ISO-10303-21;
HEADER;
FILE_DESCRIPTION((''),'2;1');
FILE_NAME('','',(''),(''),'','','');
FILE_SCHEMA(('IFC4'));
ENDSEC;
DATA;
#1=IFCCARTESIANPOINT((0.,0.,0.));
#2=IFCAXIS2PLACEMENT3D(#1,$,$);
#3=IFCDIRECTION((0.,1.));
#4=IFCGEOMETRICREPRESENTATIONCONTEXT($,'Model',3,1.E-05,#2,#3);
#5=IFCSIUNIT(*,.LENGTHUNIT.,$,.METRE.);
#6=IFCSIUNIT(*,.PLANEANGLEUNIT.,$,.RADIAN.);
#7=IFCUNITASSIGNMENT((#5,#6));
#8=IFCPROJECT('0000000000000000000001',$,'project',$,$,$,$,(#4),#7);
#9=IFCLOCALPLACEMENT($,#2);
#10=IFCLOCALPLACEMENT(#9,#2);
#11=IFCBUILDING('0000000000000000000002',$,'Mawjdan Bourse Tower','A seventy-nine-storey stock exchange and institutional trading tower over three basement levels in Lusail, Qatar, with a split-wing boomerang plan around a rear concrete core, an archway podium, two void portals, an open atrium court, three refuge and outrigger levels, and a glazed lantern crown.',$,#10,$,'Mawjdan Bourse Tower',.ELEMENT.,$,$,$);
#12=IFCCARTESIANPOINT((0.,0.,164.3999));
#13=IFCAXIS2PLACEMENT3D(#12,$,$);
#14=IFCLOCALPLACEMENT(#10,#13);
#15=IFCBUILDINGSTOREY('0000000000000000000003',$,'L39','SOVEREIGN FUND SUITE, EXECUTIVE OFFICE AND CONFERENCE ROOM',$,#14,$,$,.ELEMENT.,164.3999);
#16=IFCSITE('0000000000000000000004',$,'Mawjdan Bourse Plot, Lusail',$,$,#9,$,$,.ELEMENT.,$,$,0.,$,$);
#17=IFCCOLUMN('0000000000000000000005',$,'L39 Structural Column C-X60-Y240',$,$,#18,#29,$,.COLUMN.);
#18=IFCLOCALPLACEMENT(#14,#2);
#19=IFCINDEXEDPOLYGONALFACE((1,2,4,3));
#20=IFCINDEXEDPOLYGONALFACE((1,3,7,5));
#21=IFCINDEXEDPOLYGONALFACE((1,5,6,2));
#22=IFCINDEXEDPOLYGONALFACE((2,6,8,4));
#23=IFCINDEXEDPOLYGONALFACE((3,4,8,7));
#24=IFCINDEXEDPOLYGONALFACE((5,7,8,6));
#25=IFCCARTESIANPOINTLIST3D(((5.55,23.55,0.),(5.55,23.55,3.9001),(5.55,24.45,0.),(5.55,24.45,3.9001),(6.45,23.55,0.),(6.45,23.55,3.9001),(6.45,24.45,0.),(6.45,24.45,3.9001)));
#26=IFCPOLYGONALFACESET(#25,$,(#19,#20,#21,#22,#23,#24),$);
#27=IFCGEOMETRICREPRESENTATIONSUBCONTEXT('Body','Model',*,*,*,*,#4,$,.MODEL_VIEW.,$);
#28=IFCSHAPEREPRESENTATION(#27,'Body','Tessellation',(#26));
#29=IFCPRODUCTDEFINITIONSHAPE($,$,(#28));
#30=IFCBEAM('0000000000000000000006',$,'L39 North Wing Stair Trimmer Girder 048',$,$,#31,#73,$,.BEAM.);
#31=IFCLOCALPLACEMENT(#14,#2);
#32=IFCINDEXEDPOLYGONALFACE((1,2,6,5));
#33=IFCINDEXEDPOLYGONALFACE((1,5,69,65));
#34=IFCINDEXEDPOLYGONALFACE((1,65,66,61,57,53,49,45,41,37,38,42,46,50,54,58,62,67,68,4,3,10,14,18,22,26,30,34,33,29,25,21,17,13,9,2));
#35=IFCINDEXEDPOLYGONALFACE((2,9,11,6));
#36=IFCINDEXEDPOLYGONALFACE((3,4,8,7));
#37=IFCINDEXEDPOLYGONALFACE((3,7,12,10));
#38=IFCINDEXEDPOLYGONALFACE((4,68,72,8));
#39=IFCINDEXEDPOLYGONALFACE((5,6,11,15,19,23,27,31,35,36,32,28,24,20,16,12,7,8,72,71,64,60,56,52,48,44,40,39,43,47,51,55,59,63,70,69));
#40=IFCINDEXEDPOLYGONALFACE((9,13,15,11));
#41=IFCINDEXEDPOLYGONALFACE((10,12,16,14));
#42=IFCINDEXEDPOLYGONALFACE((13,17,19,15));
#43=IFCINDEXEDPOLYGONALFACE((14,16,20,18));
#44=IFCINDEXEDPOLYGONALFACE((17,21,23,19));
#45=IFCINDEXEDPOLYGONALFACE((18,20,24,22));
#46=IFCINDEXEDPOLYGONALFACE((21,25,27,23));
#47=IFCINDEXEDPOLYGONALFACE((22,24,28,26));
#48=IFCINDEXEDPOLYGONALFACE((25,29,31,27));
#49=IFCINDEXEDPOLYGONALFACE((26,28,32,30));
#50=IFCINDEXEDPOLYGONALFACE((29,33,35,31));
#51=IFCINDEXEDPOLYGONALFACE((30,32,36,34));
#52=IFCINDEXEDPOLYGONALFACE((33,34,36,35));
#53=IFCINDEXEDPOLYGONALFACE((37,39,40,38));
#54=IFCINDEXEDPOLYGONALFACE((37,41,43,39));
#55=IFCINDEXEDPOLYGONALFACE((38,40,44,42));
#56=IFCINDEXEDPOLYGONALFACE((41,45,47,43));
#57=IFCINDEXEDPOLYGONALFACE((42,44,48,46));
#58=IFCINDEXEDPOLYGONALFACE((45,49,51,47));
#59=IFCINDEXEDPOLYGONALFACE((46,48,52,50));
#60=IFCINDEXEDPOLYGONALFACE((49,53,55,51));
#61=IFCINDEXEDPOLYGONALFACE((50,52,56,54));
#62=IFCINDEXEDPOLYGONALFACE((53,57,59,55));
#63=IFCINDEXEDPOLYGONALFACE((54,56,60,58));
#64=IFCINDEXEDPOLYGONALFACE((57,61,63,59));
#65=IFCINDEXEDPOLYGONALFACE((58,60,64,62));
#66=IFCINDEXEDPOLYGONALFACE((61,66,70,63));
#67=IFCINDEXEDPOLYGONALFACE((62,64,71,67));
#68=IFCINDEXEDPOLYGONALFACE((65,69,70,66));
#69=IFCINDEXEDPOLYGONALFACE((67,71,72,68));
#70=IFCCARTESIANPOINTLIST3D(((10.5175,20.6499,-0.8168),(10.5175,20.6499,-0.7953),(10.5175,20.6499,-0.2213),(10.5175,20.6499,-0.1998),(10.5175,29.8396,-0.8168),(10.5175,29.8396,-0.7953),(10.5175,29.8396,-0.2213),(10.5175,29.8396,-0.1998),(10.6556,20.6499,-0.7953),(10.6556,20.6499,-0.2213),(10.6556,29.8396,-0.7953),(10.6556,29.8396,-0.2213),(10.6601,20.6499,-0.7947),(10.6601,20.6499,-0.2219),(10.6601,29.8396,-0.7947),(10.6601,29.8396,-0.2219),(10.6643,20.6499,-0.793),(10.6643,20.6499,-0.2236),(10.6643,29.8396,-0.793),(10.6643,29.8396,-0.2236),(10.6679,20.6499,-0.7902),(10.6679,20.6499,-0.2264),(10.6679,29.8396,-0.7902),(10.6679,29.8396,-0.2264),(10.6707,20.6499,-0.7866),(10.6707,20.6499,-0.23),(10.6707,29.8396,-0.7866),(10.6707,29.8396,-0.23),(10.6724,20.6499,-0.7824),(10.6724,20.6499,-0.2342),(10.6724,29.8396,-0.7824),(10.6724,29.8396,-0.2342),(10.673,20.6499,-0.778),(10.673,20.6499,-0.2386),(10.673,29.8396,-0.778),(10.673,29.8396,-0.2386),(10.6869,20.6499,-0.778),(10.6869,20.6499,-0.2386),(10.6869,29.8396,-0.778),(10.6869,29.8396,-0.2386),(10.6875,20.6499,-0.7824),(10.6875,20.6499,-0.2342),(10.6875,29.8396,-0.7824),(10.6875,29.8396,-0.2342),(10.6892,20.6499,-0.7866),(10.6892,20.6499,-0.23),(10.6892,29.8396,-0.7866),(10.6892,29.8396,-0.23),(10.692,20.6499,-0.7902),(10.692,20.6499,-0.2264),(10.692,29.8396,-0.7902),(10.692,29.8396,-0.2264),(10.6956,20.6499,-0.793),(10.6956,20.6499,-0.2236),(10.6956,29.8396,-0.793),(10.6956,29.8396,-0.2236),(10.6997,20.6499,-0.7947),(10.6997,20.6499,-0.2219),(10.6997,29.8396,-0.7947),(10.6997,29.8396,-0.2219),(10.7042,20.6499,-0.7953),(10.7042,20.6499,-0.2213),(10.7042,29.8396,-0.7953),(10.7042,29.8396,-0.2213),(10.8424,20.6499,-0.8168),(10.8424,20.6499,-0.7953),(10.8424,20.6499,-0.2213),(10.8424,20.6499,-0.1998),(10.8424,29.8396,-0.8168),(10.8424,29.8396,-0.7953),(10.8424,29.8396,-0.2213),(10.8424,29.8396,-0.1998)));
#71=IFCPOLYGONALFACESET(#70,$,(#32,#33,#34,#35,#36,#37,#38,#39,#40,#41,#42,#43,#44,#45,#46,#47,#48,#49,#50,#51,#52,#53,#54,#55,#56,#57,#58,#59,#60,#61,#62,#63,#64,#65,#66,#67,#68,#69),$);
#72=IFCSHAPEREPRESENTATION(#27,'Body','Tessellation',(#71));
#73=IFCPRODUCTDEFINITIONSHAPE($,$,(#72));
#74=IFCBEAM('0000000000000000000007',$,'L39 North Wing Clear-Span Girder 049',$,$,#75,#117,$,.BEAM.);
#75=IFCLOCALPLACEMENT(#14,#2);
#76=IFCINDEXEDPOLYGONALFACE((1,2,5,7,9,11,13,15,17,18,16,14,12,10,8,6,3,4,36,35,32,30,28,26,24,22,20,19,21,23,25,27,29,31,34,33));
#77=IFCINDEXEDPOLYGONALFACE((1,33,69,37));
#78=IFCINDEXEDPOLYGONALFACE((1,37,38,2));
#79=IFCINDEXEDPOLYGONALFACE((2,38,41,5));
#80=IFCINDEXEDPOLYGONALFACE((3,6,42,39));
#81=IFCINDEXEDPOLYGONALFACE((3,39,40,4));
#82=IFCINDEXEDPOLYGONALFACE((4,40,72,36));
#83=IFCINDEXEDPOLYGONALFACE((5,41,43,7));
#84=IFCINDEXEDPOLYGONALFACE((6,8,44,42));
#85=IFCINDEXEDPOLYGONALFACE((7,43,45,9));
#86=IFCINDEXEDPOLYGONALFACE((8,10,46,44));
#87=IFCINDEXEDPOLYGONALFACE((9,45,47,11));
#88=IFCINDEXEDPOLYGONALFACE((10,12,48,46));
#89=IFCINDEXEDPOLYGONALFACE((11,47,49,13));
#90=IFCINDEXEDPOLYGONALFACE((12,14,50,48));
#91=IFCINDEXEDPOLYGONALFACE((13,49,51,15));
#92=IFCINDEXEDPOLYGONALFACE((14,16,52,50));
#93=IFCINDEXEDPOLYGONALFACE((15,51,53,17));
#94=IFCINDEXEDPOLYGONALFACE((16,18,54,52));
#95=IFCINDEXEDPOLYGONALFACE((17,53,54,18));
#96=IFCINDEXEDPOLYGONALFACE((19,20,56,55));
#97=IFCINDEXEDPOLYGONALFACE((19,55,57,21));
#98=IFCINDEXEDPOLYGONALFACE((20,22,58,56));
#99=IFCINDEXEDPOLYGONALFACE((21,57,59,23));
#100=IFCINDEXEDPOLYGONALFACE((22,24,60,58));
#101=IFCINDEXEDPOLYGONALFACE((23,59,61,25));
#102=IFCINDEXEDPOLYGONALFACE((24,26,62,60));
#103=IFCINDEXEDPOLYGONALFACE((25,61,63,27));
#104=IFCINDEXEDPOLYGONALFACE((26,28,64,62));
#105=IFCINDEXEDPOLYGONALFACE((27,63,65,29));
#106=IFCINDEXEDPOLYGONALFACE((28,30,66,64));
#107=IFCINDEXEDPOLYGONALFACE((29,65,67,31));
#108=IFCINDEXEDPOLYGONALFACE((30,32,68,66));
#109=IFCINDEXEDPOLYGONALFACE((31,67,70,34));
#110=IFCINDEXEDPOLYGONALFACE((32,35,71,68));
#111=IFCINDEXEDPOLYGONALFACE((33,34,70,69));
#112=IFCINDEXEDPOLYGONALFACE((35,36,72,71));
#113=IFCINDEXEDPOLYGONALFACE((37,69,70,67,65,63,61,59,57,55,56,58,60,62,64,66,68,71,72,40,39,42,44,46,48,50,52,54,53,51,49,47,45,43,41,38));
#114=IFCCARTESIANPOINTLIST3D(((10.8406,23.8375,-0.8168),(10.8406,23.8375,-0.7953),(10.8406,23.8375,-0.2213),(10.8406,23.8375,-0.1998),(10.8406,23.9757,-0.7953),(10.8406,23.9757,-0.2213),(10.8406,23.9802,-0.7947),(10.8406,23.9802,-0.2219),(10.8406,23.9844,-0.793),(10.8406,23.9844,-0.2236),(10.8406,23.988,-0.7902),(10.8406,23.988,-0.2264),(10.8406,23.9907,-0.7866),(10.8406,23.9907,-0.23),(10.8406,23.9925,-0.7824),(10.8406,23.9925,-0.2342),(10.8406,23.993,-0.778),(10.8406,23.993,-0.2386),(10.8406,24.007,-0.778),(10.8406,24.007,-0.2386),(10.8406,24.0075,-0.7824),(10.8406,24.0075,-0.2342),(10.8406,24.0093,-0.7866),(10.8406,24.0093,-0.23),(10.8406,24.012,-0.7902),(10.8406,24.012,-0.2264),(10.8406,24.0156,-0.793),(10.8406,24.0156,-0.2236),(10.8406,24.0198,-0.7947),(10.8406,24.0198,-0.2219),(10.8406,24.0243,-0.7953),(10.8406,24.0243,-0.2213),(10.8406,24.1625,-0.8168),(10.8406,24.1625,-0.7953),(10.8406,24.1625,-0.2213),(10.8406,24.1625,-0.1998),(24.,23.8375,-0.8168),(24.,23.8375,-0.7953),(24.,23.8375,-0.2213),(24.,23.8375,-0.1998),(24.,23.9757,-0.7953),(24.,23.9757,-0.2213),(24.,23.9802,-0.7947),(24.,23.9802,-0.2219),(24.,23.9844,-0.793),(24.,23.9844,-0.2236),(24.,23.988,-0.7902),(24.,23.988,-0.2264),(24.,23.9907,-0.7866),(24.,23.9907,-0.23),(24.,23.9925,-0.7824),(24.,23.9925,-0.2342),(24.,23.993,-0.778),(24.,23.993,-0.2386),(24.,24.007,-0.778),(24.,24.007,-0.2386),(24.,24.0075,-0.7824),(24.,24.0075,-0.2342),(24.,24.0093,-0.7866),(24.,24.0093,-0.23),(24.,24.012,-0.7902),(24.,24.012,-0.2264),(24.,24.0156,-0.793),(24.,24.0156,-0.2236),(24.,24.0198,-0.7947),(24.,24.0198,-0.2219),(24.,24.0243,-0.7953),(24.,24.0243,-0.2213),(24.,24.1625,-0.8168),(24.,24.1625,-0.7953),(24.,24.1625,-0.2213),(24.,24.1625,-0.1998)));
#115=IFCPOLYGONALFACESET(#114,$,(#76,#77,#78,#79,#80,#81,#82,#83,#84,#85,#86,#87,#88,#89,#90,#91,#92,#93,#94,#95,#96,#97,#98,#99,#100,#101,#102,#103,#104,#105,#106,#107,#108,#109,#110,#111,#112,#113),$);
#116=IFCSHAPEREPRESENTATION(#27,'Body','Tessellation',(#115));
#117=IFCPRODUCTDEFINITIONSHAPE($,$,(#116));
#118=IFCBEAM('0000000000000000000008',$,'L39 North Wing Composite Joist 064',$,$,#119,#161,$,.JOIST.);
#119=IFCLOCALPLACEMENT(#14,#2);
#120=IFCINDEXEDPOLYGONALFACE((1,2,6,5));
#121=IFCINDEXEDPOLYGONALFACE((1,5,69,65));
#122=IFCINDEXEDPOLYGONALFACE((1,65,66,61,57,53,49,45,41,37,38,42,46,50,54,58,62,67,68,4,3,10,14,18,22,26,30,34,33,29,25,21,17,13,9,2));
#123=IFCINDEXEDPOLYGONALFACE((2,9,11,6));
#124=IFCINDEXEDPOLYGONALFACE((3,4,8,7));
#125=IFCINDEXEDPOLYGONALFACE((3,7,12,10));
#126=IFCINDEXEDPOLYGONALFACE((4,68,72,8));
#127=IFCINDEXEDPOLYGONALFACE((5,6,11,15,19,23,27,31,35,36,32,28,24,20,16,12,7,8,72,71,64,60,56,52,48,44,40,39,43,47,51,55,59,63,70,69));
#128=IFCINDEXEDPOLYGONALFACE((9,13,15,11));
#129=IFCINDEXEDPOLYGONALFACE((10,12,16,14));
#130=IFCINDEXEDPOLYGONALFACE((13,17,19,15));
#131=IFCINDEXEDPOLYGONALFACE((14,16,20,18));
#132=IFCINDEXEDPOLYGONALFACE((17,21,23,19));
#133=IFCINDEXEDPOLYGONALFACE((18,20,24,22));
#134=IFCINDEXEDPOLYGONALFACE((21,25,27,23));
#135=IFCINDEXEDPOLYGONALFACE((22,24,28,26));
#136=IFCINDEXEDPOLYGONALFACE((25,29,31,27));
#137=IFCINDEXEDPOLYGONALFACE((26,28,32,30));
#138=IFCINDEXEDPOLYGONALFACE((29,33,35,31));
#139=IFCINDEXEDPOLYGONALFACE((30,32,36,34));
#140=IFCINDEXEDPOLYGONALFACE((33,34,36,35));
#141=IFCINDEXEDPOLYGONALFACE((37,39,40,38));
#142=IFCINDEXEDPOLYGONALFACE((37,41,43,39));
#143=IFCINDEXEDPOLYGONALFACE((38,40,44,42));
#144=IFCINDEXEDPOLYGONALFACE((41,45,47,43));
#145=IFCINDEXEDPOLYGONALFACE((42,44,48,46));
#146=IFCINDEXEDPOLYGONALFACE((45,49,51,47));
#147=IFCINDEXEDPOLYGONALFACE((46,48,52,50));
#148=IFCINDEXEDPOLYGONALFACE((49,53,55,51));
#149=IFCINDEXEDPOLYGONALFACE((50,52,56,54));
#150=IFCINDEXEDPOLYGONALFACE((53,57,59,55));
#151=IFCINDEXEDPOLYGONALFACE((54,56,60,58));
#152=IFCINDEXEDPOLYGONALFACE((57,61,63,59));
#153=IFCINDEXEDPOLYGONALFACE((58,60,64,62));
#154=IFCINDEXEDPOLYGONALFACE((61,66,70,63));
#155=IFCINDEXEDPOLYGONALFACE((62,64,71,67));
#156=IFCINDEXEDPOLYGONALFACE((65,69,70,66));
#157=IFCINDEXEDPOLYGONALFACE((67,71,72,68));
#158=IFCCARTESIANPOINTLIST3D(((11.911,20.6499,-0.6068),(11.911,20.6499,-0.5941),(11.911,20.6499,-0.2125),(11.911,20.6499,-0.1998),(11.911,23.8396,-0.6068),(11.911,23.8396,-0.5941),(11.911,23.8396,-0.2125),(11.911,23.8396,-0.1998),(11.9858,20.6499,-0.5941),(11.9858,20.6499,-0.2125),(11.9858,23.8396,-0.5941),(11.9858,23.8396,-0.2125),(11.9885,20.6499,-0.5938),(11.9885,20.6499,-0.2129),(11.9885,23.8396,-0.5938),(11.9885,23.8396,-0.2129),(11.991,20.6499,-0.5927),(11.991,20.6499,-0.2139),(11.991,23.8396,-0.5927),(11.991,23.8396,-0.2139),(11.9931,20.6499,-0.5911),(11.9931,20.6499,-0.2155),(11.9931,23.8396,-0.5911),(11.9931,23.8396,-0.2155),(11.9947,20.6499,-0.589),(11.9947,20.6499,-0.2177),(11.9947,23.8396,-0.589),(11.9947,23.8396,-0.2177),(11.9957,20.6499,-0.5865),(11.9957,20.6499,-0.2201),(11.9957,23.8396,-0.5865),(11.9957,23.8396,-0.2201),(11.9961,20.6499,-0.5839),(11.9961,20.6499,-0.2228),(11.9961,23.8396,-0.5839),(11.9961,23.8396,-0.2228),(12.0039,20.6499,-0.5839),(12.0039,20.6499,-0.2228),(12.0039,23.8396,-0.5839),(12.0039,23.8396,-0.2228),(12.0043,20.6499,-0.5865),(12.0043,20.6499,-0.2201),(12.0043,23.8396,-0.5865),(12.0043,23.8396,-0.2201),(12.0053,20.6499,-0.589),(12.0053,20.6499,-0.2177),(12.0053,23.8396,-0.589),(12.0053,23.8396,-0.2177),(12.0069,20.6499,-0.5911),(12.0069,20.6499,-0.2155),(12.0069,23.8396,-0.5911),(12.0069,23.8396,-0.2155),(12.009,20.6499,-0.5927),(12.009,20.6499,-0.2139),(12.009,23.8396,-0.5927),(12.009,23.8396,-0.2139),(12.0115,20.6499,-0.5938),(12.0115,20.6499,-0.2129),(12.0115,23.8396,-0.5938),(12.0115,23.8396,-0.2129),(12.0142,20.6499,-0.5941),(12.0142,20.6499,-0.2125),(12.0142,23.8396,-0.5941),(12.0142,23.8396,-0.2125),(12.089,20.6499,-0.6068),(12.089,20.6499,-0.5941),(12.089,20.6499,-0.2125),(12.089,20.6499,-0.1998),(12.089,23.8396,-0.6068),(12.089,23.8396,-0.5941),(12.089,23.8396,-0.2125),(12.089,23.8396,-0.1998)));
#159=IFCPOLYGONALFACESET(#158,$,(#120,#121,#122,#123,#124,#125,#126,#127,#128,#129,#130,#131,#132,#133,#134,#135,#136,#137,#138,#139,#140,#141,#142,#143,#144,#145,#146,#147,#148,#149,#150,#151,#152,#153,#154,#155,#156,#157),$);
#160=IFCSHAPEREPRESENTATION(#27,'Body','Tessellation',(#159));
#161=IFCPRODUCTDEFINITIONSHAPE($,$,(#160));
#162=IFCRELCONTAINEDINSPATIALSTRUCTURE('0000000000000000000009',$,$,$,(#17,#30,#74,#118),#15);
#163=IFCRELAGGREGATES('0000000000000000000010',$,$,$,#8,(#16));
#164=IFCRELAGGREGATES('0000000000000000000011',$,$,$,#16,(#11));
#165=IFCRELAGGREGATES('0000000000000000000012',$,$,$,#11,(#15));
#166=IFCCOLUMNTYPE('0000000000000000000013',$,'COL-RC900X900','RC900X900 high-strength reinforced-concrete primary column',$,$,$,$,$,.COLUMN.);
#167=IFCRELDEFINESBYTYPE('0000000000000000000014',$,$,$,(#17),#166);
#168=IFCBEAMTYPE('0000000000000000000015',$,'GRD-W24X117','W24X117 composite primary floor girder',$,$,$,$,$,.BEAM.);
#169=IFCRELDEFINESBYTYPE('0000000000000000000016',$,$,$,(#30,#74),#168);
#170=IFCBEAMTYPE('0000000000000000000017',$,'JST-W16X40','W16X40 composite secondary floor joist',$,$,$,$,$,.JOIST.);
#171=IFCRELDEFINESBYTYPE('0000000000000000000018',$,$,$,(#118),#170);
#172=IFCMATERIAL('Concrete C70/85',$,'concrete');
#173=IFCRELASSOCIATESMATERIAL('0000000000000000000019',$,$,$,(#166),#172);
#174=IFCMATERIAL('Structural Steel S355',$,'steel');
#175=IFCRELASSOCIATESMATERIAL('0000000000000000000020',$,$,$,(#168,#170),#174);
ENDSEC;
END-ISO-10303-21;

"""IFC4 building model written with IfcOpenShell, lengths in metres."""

from ifc_helpers import new_model, si_unit, direction, frame, origin, origin_2d, place, context, subcontext, project, spatial, rectangle, i_section, extrude, material, material_profile, profile_set, type_object, element, save


model = new_model("IFC4")

# Units and contexts
model_context = context("Model", 3, precision=1e-05, world=origin(), true_north=direction((0.0, 1.0)))
body_context = subcontext(model_context, "Body", "Model", "MODEL_VIEW")
ifc_project = project(units=[si_unit("LENGTHUNIT", "METRE"), si_unit("PLANEANGLEUNIT", "RADIAN")], contexts=[model_context])

# Site, building, storey
site_placement = place(None, origin())
site = spatial("IfcSite", under=ifc_project, at=site_placement, Name="Mawjdan Bourse Plot, Lusail", CompositionType="ELEMENT", RefElevation=0.0)
building_placement = place(site_placement, origin())
building = spatial("IfcBuilding", under=site, at=building_placement, Name="Mawjdan Bourse Tower", Description="A seventy-nine-storey stock exchange and institutional trading tower over three basement levels in Lusail, Qatar, with a split-wing boomerang plan around a rear concrete core, an archway podium, two void portals, an open atrium court, three refuge and outrigger levels, and a glazed lantern crown.", LongName="Mawjdan Bourse Tower", CompositionType="ELEMENT")
storey_placement = place(building_placement, frame((0.0, 0.0, 164.3999)))
storey = spatial("IfcBuildingStorey", under=building, at=storey_placement, Name="L39", Description="SOVEREIGN FUND SUITE, EXECUTIVE OFFICE AND CONFERENCE ROOM", CompositionType="ELEMENT", Elevation=164.3999)

# Column
ifc_material_1 = material(Name="Concrete C70/85", Category="concrete")
ifc_material_profile_1 = material_profile(ifc_material_1, rectangle(XDim=0.8999, YDim=0.8999, at=origin_2d()), Name="RC900X900")
ifc_profile_set_1 = profile_set([ifc_material_profile_1], Name="Concrete C70/85")
column_type = type_object("IfcColumnType", Name="COL-RC900X900", Description="RC900X900 high-strength reinforced-concrete primary column", PredefinedType="COLUMN", material=ifc_profile_set_1)
column_placement = place(storey_placement, frame((6.0, 24.0, 0.0), z_axis=(0.0, 0.0, 1.0), x_axis=(1.0, 0.0, 0.0)))
element("IfcColumn", 1, at=column_placement, inside=storey, type_object=column_type, Name="L39 Structural Column C-X60-Y240", PredefinedType="COLUMN", context=body_context, shape_type="SweptSolid", body=[
    extrude(rectangle(XDim=0.8999, YDim=0.8999, at=origin_2d()), origin(), (0.0, 0.0, 1.0), 3.9001),
])

# Beams
ifc_material_2 = material(Name="Structural Steel S355", Category="steel")
ifc_material_profile_2 = material_profile(ifc_material_2, i_section(OverallWidth=0.325, OverallDepth=0.6169, WebThickness=0.0139, FlangeThickness=0.0215, FilletRadius=0.0173, at=origin_2d()), Name="W24X117")
ifc_profile_set_2 = profile_set([ifc_material_profile_2], Name="Structural Steel S355")
beam_type_1 = type_object("IfcBeamType", Name="GRD-W24X117", Description="W24X117 composite primary floor girder", PredefinedType="BEAM", material=ifc_profile_set_2)
beam_1_placement = place(storey_placement, frame((10.6799, 20.6499, -0.5083), z_axis=(0.0, 1.0, 0.0), x_axis=(-1.0, 0.0, 0.0)))
element("IfcBeam", 2, at=beam_1_placement, inside=storey, type_object=beam_type_1, Name="L39 North Wing Stair Trimmer Girder 048", PredefinedType="BEAM", context=body_context, shape_type="SweptSolid", body=[
    extrude(i_section(OverallWidth=0.325, OverallDepth=0.6169, WebThickness=0.0139, FlangeThickness=0.0215, FilletRadius=0.0173, at=origin_2d()), origin(), (0.0, 0.0, 1.0), 9.1897),
])
beam_2_placement = place(storey_placement, frame((10.8406, 24.0, -0.5083), z_axis=(1.0, 0.0, 0.0), x_axis=(0.0, 1.0, 0.0)))
element("IfcBeam", 3, at=beam_2_placement, inside=storey, type_object=beam_type_1, Name="L39 North Wing Clear-Span Girder 049", PredefinedType="BEAM", context=body_context, shape_type="SweptSolid", body=[
    extrude(i_section(OverallWidth=0.325, OverallDepth=0.6169, WebThickness=0.0139, FlangeThickness=0.0215, FilletRadius=0.0173, at=origin_2d()), origin(), (0.0, 0.0, 1.0), 13.1594),
])
ifc_material_profile_3 = material_profile(ifc_material_2, i_section(OverallWidth=0.178, OverallDepth=0.407, WebThickness=0.0078, FlangeThickness=0.0127, FilletRadius=0.0103, at=origin_2d()), Name="W16X40")
ifc_profile_set_3 = profile_set([ifc_material_profile_3], Name="Structural Steel S355")
beam_type_2 = type_object("IfcBeamType", Name="JST-W16X40", Description="W16X40 composite secondary floor joist", PredefinedType="JOIST", material=ifc_profile_set_3)
beam_3_placement = place(storey_placement, frame((12.0, 20.6499, -0.4033), z_axis=(0.0, 1.0, 0.0), x_axis=(-1.0, 0.0, 0.0)))
element("IfcBeam", 4, at=beam_3_placement, inside=storey, type_object=beam_type_2, Name="L39 North Wing Composite Joist 064", PredefinedType="JOIST", context=body_context, shape_type="SweptSolid", body=[
    extrude(i_section(OverallWidth=0.178, OverallDepth=0.407, WebThickness=0.0078, FlangeThickness=0.0127, FilletRadius=0.0103, at=origin_2d()), origin(), (0.0, 0.0, 1.0), 3.1897),
])

save(model, "model.ifc")
